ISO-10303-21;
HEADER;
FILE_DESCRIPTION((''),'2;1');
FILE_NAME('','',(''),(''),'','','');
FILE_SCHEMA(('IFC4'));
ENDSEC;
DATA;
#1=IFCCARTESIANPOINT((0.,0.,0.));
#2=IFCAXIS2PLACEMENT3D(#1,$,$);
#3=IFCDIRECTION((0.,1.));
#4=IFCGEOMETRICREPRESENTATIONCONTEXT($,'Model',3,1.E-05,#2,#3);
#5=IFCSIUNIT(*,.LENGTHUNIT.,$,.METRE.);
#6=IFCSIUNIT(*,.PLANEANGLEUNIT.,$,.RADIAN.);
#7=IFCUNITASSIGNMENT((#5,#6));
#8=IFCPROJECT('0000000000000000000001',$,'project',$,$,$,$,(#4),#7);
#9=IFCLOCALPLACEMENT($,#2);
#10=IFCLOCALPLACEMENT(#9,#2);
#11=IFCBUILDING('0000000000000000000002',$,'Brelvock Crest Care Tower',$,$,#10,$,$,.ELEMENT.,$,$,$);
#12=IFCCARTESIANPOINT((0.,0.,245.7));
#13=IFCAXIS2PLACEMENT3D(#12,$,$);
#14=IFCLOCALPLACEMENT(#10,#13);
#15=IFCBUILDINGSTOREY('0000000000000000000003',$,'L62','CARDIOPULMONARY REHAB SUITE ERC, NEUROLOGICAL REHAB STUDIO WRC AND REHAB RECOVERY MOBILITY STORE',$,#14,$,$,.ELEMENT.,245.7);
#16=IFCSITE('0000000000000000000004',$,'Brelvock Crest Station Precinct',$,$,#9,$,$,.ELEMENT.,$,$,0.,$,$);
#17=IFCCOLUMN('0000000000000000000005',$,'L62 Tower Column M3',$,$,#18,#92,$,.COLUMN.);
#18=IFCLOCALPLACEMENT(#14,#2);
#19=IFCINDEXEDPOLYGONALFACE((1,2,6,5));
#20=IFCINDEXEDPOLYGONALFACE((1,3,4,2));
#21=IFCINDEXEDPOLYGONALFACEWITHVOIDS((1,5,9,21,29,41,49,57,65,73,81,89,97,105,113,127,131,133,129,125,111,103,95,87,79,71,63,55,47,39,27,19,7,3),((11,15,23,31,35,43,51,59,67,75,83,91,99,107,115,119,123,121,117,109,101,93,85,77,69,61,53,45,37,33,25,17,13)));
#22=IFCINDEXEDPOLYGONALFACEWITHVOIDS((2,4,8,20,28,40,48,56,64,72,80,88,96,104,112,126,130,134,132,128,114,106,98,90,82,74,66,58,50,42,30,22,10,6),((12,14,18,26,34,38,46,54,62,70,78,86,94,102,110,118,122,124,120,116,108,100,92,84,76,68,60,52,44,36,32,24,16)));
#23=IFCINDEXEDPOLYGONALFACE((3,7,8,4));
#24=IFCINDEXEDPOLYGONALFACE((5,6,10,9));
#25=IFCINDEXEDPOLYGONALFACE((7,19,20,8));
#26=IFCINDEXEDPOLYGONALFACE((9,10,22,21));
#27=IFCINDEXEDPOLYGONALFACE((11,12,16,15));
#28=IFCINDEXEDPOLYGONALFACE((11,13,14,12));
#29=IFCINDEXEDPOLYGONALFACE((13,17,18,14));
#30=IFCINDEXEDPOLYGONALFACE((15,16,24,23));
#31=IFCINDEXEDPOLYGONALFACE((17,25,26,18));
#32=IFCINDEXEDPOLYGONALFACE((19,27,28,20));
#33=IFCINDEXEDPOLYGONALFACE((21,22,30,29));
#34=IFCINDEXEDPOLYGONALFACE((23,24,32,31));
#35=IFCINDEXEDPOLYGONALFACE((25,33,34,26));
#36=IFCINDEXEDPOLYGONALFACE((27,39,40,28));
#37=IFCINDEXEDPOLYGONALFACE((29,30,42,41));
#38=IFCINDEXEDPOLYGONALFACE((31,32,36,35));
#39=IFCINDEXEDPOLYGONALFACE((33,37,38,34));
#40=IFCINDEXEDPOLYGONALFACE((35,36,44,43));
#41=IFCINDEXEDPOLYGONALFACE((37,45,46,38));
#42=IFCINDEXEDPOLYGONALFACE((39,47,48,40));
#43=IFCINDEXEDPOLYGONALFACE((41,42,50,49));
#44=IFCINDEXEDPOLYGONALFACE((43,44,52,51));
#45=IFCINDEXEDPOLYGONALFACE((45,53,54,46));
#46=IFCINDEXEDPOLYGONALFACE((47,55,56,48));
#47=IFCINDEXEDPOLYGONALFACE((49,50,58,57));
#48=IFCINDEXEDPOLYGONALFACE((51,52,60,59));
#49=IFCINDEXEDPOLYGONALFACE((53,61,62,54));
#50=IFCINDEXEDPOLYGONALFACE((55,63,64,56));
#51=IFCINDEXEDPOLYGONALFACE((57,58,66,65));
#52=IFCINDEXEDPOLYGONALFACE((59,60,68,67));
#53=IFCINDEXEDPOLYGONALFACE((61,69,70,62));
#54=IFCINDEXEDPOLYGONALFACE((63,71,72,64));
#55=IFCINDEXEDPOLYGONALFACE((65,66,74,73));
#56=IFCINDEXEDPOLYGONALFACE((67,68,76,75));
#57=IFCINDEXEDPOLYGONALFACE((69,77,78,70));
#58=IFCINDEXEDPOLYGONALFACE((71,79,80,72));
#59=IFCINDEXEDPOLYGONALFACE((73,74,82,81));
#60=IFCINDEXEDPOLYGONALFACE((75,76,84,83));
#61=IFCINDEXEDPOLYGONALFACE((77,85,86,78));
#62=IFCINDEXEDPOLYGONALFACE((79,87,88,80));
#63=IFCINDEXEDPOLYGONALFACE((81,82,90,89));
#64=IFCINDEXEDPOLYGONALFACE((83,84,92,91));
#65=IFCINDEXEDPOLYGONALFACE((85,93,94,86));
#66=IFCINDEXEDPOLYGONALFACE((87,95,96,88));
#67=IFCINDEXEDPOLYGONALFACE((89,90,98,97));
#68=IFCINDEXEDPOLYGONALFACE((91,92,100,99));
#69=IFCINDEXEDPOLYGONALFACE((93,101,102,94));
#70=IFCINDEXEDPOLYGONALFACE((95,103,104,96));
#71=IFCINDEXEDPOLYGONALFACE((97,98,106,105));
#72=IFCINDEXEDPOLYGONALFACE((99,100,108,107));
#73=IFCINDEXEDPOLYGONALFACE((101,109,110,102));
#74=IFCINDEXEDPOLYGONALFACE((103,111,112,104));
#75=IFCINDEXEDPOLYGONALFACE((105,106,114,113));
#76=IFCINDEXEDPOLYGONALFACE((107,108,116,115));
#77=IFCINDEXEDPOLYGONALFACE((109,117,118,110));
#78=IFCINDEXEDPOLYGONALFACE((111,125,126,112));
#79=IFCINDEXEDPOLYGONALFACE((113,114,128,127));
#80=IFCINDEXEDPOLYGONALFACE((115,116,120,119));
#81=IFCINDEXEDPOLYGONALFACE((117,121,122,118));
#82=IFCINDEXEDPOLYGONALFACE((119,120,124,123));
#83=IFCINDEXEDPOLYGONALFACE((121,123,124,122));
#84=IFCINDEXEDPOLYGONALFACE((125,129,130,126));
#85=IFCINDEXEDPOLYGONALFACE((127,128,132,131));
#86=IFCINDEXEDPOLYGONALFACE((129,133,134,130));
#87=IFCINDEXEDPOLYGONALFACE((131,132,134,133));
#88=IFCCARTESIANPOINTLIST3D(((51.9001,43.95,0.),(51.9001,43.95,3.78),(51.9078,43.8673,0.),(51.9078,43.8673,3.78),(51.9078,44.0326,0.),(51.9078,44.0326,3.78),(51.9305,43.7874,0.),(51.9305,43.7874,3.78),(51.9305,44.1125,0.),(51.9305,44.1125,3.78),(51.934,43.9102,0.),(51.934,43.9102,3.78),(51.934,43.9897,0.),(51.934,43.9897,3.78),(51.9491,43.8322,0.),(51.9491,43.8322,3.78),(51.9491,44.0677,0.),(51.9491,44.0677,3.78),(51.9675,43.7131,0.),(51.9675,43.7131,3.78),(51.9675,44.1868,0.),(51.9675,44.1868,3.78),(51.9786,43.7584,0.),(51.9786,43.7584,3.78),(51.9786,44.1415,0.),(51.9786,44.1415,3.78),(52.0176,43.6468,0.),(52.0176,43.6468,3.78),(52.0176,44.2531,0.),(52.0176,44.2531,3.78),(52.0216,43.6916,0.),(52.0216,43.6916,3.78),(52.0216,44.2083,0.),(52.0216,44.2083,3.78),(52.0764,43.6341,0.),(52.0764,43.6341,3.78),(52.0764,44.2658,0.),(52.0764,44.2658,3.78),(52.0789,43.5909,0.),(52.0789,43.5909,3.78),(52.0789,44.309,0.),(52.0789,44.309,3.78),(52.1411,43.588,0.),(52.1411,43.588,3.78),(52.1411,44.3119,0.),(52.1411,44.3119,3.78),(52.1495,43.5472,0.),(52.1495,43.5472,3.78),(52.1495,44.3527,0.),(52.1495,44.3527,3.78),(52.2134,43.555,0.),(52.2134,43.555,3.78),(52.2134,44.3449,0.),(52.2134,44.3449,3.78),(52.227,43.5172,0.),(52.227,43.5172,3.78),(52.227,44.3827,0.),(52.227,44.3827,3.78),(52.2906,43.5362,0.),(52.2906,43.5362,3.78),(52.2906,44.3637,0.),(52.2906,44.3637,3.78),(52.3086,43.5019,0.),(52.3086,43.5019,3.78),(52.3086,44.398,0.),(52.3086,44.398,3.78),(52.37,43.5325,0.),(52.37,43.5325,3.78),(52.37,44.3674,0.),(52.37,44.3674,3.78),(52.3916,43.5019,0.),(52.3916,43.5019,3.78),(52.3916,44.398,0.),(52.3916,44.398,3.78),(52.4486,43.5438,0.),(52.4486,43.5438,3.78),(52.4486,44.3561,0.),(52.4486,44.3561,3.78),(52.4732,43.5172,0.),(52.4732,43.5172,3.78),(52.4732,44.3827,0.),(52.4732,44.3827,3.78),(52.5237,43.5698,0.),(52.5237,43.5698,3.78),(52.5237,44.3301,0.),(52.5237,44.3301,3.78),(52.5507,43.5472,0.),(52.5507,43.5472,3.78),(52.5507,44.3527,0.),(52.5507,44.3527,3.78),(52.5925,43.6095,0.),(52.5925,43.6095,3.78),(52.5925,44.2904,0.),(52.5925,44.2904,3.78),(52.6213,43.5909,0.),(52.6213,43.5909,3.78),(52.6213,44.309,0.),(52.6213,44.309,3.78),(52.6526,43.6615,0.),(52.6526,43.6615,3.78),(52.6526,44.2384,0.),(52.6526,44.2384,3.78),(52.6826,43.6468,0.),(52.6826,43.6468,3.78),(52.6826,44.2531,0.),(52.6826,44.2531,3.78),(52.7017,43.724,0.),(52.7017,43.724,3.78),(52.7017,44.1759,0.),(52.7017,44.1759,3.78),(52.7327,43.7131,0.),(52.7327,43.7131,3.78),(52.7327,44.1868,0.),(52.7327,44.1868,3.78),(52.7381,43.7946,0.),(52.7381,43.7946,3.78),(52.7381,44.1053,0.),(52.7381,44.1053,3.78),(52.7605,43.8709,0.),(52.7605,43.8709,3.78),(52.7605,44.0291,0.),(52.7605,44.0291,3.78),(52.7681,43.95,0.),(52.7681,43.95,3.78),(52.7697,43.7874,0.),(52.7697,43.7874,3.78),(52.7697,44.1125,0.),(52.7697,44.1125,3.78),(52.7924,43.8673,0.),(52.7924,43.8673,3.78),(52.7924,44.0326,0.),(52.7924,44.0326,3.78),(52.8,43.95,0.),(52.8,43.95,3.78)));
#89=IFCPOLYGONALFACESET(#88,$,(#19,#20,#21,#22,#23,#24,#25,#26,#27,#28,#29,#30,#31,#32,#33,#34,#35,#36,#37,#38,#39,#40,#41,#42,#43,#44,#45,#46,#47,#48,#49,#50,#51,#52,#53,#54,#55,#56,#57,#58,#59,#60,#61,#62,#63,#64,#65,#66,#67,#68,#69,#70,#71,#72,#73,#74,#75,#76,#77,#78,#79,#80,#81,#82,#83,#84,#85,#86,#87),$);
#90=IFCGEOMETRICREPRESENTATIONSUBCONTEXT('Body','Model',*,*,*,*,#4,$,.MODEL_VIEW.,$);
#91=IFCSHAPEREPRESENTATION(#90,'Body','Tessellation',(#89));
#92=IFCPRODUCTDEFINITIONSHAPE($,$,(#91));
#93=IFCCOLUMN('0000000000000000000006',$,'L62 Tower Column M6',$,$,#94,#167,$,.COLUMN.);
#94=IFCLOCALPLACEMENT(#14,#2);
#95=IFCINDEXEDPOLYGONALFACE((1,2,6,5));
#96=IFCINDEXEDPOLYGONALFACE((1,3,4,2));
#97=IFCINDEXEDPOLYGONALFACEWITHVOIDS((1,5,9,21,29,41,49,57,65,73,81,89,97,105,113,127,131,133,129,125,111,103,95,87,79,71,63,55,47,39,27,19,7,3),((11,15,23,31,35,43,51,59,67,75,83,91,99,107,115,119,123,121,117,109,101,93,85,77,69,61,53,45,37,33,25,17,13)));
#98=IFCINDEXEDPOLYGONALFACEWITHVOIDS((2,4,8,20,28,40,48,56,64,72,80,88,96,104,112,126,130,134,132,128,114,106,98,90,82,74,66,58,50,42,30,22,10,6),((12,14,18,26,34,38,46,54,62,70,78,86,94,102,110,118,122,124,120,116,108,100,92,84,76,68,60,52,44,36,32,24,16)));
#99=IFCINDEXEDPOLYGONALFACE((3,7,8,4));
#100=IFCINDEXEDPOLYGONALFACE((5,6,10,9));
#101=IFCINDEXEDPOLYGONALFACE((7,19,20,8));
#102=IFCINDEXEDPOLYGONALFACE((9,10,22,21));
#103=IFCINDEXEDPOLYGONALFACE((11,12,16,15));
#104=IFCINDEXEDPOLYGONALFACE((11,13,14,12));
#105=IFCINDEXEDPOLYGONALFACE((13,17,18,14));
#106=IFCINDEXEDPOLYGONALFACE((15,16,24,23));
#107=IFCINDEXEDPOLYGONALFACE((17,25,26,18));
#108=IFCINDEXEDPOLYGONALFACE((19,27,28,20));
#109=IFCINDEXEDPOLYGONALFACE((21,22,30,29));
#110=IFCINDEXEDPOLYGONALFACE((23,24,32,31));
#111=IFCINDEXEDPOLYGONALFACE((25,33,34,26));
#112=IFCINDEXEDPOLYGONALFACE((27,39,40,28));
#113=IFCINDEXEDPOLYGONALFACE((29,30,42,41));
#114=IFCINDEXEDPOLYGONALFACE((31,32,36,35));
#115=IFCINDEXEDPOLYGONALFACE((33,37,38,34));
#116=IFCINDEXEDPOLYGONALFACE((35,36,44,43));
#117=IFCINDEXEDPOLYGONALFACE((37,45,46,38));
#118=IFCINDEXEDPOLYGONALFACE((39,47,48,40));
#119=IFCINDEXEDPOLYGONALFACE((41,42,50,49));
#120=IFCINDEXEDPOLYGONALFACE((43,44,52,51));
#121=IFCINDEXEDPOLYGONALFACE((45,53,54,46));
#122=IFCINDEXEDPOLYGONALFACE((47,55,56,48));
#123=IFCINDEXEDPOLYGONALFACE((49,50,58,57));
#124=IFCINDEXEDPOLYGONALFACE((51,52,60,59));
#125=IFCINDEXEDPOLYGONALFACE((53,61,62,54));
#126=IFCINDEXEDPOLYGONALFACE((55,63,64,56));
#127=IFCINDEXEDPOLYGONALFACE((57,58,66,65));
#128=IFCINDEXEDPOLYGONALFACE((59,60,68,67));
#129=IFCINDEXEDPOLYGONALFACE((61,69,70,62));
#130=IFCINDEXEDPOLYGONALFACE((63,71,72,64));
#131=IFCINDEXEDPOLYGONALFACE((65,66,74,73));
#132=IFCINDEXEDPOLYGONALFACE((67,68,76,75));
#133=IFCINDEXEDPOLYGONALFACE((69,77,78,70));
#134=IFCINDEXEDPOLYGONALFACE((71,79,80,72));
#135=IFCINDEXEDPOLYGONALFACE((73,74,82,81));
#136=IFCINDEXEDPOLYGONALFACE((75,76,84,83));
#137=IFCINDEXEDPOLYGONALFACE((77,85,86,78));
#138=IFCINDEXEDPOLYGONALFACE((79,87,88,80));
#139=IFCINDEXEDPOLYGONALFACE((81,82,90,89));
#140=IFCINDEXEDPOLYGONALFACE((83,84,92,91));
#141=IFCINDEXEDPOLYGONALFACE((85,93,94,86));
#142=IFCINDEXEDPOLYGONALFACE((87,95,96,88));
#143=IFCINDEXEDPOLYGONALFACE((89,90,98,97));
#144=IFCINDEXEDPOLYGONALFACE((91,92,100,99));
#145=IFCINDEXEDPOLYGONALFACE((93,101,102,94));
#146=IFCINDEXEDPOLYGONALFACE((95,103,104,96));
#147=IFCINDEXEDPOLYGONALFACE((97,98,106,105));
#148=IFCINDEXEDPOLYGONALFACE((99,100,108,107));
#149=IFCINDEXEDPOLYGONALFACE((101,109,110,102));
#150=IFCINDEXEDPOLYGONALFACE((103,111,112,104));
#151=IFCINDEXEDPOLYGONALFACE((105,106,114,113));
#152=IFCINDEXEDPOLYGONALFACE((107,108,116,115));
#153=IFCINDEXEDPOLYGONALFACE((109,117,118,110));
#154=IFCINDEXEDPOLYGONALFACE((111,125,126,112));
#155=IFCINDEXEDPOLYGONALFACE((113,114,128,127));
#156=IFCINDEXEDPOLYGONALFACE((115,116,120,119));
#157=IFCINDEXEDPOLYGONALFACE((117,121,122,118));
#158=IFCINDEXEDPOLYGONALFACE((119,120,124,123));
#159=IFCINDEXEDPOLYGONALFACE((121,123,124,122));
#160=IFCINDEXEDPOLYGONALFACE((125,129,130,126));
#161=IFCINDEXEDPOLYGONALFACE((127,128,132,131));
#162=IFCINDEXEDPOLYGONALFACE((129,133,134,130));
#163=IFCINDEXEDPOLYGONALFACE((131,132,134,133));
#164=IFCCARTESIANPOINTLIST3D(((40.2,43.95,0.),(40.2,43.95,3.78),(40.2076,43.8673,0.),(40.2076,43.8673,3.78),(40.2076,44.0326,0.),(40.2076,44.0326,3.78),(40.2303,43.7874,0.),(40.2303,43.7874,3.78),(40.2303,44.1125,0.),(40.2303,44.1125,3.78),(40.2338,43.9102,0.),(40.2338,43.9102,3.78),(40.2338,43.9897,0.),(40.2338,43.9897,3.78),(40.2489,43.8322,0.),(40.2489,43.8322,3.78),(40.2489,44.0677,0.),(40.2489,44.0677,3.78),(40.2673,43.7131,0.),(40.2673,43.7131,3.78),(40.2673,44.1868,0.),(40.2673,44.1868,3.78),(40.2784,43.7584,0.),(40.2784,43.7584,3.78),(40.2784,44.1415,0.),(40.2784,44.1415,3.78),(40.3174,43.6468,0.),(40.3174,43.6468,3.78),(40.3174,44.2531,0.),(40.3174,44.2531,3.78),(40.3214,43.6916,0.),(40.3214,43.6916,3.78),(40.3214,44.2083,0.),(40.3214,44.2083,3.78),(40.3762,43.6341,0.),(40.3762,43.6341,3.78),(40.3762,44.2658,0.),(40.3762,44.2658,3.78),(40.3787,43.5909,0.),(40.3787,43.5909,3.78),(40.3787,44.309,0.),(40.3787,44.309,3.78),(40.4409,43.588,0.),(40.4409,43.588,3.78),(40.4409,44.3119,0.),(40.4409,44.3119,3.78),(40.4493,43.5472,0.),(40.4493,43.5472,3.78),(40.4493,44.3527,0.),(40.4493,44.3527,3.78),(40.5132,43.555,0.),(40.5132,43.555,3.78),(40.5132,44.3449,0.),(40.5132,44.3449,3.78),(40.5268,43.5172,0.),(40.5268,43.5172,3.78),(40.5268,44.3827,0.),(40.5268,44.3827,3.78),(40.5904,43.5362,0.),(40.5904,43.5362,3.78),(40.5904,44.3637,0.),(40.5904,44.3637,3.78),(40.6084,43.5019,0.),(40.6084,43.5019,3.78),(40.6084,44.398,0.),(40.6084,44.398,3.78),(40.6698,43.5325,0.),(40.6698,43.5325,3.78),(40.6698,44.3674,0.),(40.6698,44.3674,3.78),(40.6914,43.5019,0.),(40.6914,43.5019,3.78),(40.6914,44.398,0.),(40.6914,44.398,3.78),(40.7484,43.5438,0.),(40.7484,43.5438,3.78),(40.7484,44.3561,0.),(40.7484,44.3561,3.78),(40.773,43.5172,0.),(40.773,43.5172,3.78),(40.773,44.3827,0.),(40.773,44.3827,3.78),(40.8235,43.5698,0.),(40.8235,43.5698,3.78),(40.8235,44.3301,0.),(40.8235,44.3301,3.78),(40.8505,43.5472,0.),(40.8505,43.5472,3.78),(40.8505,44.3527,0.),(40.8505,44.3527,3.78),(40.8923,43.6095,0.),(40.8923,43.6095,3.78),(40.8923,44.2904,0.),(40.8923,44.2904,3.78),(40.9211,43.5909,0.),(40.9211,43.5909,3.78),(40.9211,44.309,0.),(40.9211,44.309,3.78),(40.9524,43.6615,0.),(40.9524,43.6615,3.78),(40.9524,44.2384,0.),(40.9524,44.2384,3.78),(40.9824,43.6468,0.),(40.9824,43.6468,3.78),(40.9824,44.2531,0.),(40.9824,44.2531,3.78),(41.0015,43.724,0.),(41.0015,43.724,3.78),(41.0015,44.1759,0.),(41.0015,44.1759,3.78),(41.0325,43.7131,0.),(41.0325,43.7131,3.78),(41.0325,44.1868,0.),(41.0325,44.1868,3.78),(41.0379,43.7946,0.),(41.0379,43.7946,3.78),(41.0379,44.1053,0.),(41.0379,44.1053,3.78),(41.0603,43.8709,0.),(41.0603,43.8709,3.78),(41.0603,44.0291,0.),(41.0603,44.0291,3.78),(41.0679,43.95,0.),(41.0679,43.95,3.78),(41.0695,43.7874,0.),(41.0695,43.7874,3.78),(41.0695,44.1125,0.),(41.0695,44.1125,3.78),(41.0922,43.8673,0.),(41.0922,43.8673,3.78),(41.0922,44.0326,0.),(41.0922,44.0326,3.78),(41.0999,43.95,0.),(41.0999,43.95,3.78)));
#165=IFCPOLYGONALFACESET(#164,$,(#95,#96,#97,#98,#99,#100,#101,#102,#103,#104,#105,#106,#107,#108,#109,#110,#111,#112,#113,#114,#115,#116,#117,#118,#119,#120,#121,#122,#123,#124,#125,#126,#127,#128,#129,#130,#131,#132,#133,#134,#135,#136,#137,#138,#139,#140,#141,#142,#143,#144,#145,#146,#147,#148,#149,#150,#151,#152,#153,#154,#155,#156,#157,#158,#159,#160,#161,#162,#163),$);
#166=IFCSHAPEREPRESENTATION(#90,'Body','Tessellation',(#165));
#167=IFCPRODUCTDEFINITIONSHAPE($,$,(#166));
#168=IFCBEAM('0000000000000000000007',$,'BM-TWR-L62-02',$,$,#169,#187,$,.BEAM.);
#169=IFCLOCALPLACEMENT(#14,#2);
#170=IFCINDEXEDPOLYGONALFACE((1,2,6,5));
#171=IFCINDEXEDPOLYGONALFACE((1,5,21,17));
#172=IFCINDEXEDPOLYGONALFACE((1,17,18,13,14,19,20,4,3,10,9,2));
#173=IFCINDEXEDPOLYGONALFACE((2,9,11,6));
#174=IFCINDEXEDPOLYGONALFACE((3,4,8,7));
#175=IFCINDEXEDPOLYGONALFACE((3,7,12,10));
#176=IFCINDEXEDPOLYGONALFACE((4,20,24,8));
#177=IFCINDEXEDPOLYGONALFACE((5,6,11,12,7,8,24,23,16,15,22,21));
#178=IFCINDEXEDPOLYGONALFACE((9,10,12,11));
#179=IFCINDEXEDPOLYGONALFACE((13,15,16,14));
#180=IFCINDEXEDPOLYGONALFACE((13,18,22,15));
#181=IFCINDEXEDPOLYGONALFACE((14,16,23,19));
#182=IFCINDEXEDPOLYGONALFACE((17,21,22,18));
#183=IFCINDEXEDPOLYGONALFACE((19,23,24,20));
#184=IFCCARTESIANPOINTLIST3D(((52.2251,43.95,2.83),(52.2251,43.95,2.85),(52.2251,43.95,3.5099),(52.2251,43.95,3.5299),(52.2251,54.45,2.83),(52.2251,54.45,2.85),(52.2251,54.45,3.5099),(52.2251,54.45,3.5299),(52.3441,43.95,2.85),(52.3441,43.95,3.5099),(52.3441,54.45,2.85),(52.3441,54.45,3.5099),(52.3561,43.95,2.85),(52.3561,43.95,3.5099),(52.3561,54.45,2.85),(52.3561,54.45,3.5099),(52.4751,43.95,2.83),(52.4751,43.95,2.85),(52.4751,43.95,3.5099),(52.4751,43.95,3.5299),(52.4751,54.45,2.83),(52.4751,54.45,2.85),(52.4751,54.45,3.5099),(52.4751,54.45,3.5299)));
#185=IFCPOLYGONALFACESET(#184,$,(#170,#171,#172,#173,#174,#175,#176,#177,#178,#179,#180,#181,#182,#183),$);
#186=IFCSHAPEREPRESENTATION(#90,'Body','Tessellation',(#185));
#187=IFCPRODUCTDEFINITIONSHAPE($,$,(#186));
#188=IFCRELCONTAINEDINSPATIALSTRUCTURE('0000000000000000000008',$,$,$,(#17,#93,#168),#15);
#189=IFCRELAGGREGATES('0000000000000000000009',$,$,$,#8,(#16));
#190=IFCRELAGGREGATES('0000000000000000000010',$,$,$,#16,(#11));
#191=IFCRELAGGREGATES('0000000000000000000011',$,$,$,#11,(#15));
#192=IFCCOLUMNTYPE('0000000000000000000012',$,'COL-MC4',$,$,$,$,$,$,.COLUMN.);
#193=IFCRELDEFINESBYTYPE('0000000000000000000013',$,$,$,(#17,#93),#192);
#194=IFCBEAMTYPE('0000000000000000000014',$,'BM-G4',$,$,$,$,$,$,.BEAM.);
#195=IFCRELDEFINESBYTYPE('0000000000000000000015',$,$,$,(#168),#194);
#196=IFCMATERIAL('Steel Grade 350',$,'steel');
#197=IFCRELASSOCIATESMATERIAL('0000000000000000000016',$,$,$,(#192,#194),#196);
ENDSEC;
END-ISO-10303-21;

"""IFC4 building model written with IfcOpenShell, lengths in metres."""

from ifc_helpers import new_model, si_unit, direction, frame, origin, origin_2d, place, context, subcontext, project, spatial, hollow_circle, i_section, extrude, source, transform, mapped, material, material_profile, profile_set, type_object, element, save


model = new_model("IFC4")

# Units and contexts
model_context = context("Model", 3, precision=1e-05, world=origin(), true_north=direction((0.0, 1.0)))
body_context = subcontext(model_context, "Body", "Model", "MODEL_VIEW")
ifc_project = project(units=[si_unit("LENGTHUNIT", "METRE"), si_unit("PLANEANGLEUNIT", "RADIAN")], contexts=[model_context])

# Site, building, storey
site_placement = place(None, origin())
site = spatial("IfcSite", under=ifc_project, at=site_placement, Name="Brelvock Crest Station Precinct", CompositionType="ELEMENT", RefElevation=0.0)
building_placement = place(site_placement, origin())
building = spatial("IfcBuilding", under=site, at=building_placement, Name="Brelvock Crest Care Tower", CompositionType="ELEMENT")
storey_placement = place(building_placement, frame((0.0, 0.0, 245.7)))
storey = spatial("IfcBuildingStorey", under=building, at=storey_placement, Name="L62", Description="CARDIOPULMONARY REHAB SUITE ERC, NEUROLOGICAL REHAB STUDIO WRC AND REHAB RECOVERY MOBILITY STORE", CompositionType="ELEMENT", Elevation=245.7)

# Columns
ifc_material_1 = material(Name="Steel Grade 350", Category="steel")
ifc_material_profile_1 = material_profile(ifc_material_1, hollow_circle(Radius=0.45, WallThickness=0.032, at=origin_2d()), Name="CFT900x32")
ifc_profile_set_1 = profile_set([ifc_material_profile_1], Name="Steel Grade 350")
column_type = type_object("IfcColumnType", Name="COL-MC4", PredefinedType="COLUMN", material=ifc_profile_set_1)
shared_shape_1 = source(origin(), body_context, "Body", "SweptSolid", [
    extrude(hollow_circle(Radius=0.45, WallThickness=0.032, at=origin_2d()), origin(), (0.0, 0.0, 1.0), 3.78),
])
for number, where, z_axis, x_axis, name in (
    (1, (52.3501, 43.95, 0.0), (0.0, 0.0, 1.0), (1.0, 0.0, 0.0), "L62 Tower Column M3"),
    (2, (40.6499, 43.95, 0.0), (0.0, 0.0, 1.0), (1.0, 0.0, 0.0), "L62 Tower Column M6"),
):
    element("IfcColumn", number, at=place(storey_placement, frame(where, z_axis=z_axis, x_axis=x_axis)), inside=storey, type_object=column_type, Name=name, PredefinedType="COLUMN", context=body_context, shape_type="MappedRepresentation", body=[
        mapped(shared_shape_1, transform((0.0, 0.0, 0.0), x_axis=(1.0, 0.0, 0.0), y_axis=(0.0, 1.0, 0.0), z_axis=(0.0, 0.0, 1.0), scale=1.0)),
    ])

# Beam
ifc_material_profile_2 = material_profile(ifc_material_1, i_section(OverallWidth=0.25, OverallDepth=0.7, WebThickness=0.012, FlangeThickness=0.02, at=origin_2d()), Name="700WB150")
ifc_profile_set_2 = profile_set([ifc_material_profile_2], Name="Steel Grade 350")
beam_type_1 = type_object("IfcBeamType", Name="BM-G4", PredefinedType="BEAM", material=ifc_profile_set_2)
shared_shape_2 = source(origin(), body_context, "Body", "SweptSolid", [
    extrude(i_section(OverallWidth=0.25, OverallDepth=0.7, WebThickness=0.012, FlangeThickness=0.02, at=origin_2d()), origin(), (0.0, 0.0, 1.0), 10.5),
])
beam_1_placement = place(storey_placement, frame((52.3501, 43.95, 3.1799), z_axis=(0.0, 1.0, 0.0), x_axis=(-1.0, 0.0, 0.0)))
element("IfcBeam", 3, at=beam_1_placement, inside=storey, type_object=beam_type_1, Name="BM-TWR-L62-02", PredefinedType="BEAM", context=body_context, shape_type="MappedRepresentation", body=[
    mapped(shared_shape_2, transform((0.0, 0.0, 0.0), x_axis=(1.0, 0.0, 0.0), y_axis=(0.0, 1.0, 0.0), z_axis=(0.0, 0.0, 1.0), scale=1.0)),
])

save(model, "model.ifc")
